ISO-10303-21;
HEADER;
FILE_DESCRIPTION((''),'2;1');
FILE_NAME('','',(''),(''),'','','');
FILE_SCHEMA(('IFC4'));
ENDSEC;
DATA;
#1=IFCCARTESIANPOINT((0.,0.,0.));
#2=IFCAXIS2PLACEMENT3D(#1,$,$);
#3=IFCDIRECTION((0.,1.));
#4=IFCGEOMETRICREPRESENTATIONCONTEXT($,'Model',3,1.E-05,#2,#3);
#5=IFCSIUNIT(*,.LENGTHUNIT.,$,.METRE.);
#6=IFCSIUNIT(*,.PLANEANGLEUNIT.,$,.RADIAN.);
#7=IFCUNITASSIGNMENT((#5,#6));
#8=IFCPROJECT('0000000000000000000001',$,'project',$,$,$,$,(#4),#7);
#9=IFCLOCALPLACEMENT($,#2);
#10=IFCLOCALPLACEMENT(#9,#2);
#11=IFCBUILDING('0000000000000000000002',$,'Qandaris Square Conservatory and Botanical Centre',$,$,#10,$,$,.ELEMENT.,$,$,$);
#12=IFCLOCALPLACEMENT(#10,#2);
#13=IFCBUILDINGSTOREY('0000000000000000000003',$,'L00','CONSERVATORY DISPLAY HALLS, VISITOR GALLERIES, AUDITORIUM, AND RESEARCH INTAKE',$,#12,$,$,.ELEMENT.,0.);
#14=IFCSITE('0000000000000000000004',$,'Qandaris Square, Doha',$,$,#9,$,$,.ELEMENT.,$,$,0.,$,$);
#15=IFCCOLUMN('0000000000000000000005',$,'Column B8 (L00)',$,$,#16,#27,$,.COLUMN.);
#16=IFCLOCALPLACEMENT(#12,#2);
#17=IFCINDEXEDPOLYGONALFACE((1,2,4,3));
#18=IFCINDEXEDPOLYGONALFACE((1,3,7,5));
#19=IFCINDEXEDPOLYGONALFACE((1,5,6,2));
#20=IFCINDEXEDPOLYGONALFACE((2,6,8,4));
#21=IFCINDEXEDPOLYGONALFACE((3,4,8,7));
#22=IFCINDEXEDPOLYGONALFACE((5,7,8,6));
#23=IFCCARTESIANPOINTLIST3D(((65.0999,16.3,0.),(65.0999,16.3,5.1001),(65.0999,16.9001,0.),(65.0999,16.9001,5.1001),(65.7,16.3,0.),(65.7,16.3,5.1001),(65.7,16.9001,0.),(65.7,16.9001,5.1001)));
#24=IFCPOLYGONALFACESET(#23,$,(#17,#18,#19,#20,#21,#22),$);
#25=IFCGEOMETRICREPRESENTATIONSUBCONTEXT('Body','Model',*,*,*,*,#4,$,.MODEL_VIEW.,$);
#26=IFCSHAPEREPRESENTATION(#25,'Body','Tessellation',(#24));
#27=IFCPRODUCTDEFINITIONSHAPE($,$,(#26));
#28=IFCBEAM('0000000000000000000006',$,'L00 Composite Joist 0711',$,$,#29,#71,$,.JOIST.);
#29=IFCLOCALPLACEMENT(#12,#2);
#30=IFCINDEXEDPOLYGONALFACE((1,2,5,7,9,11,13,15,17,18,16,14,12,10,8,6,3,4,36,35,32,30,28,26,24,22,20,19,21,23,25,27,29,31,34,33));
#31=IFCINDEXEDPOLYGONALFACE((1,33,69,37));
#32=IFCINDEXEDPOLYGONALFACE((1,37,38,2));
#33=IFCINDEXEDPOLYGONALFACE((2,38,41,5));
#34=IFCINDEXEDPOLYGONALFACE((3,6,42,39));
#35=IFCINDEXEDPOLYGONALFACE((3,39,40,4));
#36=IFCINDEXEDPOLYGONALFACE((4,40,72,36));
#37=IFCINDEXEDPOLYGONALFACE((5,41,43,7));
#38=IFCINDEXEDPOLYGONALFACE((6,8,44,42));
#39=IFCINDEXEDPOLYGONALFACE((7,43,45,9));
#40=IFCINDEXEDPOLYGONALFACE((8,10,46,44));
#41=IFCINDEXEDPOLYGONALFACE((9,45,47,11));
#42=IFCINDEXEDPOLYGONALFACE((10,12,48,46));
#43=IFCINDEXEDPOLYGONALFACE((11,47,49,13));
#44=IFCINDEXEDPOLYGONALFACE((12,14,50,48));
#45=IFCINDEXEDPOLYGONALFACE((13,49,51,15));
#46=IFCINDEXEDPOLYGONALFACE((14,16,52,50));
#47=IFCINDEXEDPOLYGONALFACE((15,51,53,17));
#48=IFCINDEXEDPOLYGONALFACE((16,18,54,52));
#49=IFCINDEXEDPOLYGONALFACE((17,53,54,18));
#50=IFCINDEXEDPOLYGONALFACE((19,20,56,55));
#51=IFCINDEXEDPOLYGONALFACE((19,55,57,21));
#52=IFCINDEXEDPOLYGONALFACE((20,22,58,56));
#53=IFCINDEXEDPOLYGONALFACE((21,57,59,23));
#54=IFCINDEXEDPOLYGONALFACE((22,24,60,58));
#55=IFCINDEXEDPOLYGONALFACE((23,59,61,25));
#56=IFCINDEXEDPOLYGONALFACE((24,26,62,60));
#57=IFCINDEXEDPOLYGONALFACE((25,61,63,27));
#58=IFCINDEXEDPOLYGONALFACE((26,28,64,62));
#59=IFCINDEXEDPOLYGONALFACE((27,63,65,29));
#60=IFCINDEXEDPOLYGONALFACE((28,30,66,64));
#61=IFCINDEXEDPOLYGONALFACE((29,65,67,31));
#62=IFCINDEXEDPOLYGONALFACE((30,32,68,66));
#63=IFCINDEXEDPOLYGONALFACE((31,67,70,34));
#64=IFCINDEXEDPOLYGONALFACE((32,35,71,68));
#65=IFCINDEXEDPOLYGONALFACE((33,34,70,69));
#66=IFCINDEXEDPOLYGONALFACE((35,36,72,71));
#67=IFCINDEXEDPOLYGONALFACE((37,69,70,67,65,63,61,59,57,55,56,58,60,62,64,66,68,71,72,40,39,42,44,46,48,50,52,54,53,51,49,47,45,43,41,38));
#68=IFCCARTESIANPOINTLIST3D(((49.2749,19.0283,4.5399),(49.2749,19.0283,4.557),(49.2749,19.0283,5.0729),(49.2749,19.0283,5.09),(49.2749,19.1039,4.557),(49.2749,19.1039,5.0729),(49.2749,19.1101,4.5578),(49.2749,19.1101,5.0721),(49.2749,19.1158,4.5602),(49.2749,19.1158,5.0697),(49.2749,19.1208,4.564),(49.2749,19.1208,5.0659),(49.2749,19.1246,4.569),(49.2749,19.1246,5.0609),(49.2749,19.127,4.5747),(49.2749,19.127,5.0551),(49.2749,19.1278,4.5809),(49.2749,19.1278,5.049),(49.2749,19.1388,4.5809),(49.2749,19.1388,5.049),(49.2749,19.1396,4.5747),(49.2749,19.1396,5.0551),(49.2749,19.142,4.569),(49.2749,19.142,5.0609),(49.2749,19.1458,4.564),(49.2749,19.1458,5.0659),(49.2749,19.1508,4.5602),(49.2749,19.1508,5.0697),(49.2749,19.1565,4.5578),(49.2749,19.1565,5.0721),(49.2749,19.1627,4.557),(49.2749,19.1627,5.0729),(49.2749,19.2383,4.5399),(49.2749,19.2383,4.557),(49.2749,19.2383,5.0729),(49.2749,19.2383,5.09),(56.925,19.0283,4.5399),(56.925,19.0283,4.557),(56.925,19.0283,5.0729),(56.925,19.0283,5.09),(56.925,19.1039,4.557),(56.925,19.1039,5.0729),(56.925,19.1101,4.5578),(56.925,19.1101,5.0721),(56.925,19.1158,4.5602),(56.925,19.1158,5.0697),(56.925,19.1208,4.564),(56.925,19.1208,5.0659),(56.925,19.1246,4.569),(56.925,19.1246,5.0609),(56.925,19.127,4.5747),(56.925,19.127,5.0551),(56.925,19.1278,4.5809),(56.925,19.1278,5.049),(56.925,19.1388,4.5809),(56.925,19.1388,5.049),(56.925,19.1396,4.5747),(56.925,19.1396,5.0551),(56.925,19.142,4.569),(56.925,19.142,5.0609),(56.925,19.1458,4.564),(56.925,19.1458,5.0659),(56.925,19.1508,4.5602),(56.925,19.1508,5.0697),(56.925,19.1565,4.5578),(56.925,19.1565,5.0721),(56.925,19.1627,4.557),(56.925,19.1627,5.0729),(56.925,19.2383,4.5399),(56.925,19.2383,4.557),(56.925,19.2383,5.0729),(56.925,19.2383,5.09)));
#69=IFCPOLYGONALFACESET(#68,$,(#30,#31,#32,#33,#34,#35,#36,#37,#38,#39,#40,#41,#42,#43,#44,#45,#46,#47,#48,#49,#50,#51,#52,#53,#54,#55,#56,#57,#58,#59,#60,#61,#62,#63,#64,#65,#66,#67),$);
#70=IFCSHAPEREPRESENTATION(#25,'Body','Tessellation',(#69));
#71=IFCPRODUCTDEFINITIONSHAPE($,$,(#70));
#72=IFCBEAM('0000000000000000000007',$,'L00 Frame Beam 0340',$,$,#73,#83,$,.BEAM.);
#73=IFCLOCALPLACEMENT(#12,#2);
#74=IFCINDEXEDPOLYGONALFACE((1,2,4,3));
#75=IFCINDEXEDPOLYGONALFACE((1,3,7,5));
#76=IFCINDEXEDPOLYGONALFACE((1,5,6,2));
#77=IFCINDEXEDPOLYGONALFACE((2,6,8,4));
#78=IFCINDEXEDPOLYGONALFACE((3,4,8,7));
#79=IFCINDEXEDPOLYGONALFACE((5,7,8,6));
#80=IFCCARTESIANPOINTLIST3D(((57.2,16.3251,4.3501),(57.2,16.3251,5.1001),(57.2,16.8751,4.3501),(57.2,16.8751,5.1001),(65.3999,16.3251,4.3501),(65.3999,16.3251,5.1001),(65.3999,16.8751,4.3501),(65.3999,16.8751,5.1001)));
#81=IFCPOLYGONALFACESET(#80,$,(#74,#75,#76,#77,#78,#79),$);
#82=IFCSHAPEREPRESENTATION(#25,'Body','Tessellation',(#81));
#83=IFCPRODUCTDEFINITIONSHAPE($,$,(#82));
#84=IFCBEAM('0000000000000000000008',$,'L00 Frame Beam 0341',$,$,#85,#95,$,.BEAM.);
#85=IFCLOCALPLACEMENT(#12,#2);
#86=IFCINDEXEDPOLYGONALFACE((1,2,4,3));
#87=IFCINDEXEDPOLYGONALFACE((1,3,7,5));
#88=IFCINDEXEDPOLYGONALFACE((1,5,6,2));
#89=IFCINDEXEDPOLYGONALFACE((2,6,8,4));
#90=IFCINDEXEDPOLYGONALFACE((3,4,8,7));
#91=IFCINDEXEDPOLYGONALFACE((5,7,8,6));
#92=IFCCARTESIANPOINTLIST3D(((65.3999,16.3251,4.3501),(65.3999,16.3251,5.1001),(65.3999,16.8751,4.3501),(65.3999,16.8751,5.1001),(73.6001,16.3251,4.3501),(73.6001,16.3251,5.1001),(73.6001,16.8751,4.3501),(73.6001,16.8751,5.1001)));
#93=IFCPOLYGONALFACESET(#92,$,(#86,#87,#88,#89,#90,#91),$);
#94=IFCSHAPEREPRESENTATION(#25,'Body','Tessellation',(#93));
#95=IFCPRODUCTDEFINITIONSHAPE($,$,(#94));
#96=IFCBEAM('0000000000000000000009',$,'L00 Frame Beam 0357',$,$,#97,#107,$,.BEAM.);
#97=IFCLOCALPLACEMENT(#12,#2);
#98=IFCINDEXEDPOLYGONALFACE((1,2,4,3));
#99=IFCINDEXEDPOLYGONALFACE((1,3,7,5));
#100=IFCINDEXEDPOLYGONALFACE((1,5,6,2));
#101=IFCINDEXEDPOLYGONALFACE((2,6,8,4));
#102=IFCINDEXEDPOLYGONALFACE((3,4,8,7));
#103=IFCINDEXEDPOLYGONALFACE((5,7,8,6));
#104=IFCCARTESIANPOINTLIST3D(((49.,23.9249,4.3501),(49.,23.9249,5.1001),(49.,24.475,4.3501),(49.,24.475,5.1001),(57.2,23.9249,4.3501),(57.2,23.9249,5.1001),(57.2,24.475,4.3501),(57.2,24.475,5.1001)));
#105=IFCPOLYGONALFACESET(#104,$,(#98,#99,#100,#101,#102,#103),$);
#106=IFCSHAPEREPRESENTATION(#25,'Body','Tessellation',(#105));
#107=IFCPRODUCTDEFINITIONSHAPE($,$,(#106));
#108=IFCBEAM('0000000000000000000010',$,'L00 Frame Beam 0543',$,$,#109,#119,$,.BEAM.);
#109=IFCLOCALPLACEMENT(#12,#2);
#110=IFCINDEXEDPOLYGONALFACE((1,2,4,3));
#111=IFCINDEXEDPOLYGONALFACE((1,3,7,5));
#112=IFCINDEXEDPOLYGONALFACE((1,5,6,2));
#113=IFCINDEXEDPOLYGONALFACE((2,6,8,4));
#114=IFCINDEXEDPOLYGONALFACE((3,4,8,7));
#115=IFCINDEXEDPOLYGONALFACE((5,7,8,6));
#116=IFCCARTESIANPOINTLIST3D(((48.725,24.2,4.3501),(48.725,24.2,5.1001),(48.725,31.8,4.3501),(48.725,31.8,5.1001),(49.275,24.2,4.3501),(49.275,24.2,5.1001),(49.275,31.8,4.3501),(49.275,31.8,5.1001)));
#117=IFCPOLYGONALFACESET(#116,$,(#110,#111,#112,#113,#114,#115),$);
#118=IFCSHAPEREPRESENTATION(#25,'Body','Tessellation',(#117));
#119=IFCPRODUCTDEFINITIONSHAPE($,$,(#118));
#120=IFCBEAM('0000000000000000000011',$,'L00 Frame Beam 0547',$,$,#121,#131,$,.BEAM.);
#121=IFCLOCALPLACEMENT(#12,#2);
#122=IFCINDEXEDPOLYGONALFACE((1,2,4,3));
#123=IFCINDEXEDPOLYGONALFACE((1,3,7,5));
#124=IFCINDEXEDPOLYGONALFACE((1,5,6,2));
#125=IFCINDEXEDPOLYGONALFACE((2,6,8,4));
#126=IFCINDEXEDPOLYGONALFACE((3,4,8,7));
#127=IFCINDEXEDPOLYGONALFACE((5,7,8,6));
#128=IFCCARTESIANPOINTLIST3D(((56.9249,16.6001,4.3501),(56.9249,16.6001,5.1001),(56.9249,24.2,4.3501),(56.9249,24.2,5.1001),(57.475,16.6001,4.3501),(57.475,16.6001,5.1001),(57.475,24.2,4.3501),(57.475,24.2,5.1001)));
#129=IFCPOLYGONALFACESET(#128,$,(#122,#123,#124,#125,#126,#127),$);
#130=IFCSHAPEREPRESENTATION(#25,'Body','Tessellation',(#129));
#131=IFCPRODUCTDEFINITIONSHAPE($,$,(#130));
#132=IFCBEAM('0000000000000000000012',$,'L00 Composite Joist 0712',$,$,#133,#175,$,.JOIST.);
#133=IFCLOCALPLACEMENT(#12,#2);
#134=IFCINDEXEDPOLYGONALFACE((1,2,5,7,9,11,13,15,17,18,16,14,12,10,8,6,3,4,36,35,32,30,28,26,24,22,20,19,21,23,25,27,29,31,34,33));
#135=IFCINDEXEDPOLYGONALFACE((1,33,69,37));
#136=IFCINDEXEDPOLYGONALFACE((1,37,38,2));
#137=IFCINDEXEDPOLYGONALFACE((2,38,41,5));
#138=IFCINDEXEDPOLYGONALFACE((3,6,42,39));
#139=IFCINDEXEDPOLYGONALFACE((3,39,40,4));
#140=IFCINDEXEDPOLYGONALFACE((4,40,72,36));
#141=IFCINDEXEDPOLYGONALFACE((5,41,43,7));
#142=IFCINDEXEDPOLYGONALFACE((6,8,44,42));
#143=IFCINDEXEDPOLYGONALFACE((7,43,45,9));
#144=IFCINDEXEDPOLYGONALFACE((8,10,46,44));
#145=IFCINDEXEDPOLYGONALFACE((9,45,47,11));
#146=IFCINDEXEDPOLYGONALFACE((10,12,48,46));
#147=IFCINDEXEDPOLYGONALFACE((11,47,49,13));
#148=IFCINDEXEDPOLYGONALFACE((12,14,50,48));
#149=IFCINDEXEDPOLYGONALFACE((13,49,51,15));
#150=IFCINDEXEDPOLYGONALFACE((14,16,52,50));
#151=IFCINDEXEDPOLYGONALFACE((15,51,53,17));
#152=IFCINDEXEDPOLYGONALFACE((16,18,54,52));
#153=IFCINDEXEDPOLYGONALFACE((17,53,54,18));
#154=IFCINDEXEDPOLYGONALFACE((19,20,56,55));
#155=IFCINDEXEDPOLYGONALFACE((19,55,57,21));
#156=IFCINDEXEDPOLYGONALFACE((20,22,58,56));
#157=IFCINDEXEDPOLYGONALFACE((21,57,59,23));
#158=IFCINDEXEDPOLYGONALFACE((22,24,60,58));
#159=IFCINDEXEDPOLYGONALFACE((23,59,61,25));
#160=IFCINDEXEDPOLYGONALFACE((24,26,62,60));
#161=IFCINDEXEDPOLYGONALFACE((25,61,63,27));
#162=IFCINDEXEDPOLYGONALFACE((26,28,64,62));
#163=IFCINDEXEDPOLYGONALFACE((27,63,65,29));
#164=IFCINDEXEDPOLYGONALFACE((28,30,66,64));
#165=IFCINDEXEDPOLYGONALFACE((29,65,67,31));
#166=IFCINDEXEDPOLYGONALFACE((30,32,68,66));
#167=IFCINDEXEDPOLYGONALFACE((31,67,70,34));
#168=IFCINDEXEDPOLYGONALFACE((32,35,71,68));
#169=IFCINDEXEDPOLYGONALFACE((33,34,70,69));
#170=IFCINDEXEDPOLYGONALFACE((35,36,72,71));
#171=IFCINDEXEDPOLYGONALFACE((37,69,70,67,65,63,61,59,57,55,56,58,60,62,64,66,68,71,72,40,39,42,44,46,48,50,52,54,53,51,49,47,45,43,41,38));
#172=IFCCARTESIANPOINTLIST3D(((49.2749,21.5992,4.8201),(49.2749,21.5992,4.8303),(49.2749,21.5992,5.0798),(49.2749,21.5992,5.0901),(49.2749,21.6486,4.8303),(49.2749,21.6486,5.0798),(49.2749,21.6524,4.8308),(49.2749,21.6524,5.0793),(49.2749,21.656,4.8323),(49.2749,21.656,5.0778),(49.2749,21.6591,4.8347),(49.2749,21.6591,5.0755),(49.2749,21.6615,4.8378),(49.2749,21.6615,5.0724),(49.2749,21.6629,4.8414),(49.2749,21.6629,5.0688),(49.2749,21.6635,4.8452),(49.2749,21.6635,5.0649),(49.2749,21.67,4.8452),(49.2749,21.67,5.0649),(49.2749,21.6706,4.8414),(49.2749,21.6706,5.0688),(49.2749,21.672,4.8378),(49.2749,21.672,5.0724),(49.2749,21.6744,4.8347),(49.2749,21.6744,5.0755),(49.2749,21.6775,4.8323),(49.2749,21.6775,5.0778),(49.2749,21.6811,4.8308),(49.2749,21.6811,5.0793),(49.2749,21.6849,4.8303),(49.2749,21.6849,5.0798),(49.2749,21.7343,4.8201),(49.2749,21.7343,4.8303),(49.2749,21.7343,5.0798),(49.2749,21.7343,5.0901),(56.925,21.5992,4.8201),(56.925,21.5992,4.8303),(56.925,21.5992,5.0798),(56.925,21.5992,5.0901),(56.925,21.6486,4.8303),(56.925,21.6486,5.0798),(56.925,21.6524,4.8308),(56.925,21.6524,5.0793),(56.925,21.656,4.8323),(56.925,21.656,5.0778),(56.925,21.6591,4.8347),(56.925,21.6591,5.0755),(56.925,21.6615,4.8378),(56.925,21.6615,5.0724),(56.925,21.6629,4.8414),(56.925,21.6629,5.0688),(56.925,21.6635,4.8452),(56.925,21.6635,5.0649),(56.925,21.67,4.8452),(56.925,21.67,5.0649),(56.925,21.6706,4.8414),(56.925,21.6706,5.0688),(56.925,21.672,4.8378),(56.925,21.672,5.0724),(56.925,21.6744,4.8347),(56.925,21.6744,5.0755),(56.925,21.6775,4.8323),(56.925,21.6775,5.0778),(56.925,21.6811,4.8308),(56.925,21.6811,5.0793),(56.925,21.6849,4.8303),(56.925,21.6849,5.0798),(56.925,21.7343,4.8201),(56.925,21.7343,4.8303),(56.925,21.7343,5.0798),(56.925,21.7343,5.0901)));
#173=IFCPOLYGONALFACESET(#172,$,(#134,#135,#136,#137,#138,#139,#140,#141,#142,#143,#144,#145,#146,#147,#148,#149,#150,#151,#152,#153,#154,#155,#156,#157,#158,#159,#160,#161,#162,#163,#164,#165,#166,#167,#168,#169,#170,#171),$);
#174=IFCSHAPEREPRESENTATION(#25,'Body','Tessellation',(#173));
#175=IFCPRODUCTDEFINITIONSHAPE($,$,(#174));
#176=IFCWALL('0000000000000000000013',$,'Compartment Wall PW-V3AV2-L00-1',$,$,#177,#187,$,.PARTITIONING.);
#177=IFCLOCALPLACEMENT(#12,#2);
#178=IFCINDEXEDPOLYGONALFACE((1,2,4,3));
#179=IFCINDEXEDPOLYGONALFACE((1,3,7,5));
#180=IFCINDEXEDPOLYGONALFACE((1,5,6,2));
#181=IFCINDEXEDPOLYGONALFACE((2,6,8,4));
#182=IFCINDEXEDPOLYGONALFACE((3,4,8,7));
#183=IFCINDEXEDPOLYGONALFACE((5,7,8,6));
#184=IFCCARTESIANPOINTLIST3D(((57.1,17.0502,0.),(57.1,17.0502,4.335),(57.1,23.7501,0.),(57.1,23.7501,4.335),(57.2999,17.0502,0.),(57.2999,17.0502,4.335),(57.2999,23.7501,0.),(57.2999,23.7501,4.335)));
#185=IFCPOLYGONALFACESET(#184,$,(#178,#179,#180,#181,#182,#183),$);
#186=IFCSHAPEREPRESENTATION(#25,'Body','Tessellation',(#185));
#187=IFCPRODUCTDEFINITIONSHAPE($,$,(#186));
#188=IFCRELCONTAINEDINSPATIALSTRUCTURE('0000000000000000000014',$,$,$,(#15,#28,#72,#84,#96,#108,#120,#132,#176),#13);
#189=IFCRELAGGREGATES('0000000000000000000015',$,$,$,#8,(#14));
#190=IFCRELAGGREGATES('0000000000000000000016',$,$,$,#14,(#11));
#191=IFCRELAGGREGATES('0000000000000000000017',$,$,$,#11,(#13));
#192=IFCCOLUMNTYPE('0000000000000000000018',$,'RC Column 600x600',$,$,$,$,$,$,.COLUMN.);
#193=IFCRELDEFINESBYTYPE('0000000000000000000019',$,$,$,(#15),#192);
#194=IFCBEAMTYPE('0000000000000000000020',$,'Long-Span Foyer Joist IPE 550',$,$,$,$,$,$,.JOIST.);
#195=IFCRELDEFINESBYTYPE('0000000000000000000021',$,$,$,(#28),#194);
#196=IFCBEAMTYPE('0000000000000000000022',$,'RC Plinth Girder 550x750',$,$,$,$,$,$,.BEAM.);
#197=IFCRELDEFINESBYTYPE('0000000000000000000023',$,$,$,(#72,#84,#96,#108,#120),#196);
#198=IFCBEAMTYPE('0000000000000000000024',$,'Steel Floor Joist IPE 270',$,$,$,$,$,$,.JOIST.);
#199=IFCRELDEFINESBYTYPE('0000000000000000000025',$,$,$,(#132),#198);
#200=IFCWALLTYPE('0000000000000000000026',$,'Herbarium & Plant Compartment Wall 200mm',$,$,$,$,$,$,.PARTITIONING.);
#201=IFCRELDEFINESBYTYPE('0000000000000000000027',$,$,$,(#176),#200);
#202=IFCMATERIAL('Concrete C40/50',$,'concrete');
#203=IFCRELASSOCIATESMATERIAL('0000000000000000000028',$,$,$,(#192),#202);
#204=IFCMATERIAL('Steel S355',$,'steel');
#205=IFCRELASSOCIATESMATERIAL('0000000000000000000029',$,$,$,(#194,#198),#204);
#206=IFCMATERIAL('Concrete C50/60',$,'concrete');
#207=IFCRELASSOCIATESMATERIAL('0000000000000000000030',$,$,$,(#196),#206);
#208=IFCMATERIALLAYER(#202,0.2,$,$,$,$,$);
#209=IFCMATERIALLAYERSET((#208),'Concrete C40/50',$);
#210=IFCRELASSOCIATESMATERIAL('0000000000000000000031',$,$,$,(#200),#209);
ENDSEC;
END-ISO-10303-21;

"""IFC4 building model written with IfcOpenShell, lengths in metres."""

from ifc_helpers import new_model, si_unit, direction, frame, frame_2d, origin, origin_2d, place, context, subcontext, project, spatial, rectangle, i_section, extrude, material, layer, layer_set, material_profile, profile_set, type_object, element, save


model = new_model("IFC4")

# Units and contexts
model_context = context("Model", 3, precision=1e-05, world=origin(), true_north=direction((0.0, 1.0)))
body_context = subcontext(model_context, "Body", "Model", "MODEL_VIEW")
ifc_project = project(units=[si_unit("LENGTHUNIT", "METRE"), si_unit("PLANEANGLEUNIT", "RADIAN")], contexts=[model_context])

# Site, building, storey
site_placement = place(None, origin())
site = spatial("IfcSite", under=ifc_project, at=site_placement, Name="Qandaris Square, Doha", CompositionType="ELEMENT", RefElevation=0.0)
building_placement = place(site_placement, origin())
building = spatial("IfcBuilding", under=site, at=building_placement, Name="Qandaris Square Conservatory and Botanical Centre", CompositionType="ELEMENT")
storey_placement = place(building_placement, origin())
storey = spatial("IfcBuildingStorey", under=building, at=storey_placement, Name="L00", Description="CONSERVATORY DISPLAY HALLS, VISITOR GALLERIES, AUDITORIUM, AND RESEARCH INTAKE", CompositionType="ELEMENT", Elevation=0.0)

# Shared definitions
ifc_material_1 = material(Name="Concrete C50/60", Category="concrete")

# Shared definitions
ifc_material_2 = material(Name="Concrete C40/50", Category="concrete")

# Column
ifc_material_profile_1 = material_profile(ifc_material_2, rectangle(XDim=0.6001, YDim=0.6001, at=origin_2d()), Name="RC-COL 600x600")
ifc_profile_set_1 = profile_set([ifc_material_profile_1], Name="Concrete C40/50")
column_type = type_object("IfcColumnType", Name="RC Column 600x600", PredefinedType="COLUMN", material=ifc_profile_set_1)
for number, where, z_axis, x_axis, name in (
    (1, (65.3999, 16.6001, 0.0), (0.0, 0.0, 1.0), (1.0, 0.0, 0.0), "Column B8 (L00)"),
):
    element("IfcColumn", number, at=place(storey_placement, frame(where, z_axis=z_axis, x_axis=x_axis)), inside=storey, type_object=column_type, Name=name, PredefinedType="COLUMN", context=body_context, shape_type="SweptSolid", body=[
        extrude(rectangle(XDim=0.6001, YDim=0.6001, at=origin_2d()), origin(), (0.0, 0.0, 1.0), 5.1001),
    ])

# Beams
ifc_material_3 = material(Name="Steel S355", Category="steel")
ifc_material_profile_2 = material_profile(ifc_material_3, i_section(OverallWidth=0.21, OverallDepth=0.55, WebThickness=0.011, FlangeThickness=0.0171, FilletRadius=0.0239, at=origin_2d()), Name="IPE 550")
ifc_profile_set_2 = profile_set([ifc_material_profile_2], Name="Steel S355")
beam_type_1 = type_object("IfcBeamType", Name="Long-Span Foyer Joist IPE 550", PredefinedType="JOIST", material=ifc_profile_set_2)
beam_1_placement = place(storey_placement, frame((49.2749, 19.1333, 4.8149), z_axis=(1.0, 0.0, 0.0), x_axis=(0.0, 1.0, 0.0)))
element("IfcBeam", 2, at=beam_1_placement, inside=storey, type_object=beam_type_1, Name="L00 Composite Joist 0711", PredefinedType="JOIST", context=body_context, shape_type="SweptSolid", body=[
    extrude(i_section(OverallWidth=0.21, OverallDepth=0.55, WebThickness=0.011, FlangeThickness=0.0171, FilletRadius=0.0239, at=origin_2d()), origin(), (0.0, 0.0, 1.0), 7.6501),
])
ifc_material_profile_3 = material_profile(ifc_material_1, rectangle(XDim=0.55, YDim=0.75, at=origin_2d()), Name="RC-BM 550x750")
ifc_profile_set_3 = profile_set([ifc_material_profile_3], Name="Concrete C50/60")
beam_type_2 = type_object("IfcBeamType", Name="RC Plinth Girder 550x750", PredefinedType="BEAM", material=ifc_profile_set_3)
beam_2_placement = place(storey_placement, frame((57.2, 16.6001, 4.7251), z_axis=(1.0, 0.0, 0.0), x_axis=(0.0, 1.0, 0.0)))
element("IfcBeam", 3, at=beam_2_placement, inside=storey, type_object=beam_type_2, Name="L00 Frame Beam 0340", PredefinedType="BEAM", context=body_context, shape_type="SweptSolid", body=[
    extrude(rectangle(XDim=0.55, YDim=0.75, at=origin_2d()), origin(), (0.0, 0.0, 1.0), 8.2),
])
beam_3_placement = place(storey_placement, frame((65.3999, 16.6001, 4.7251), z_axis=(1.0, 0.0, 0.0), x_axis=(0.0, 1.0, 0.0)))
element("IfcBeam", 4, at=beam_3_placement, inside=storey, type_object=beam_type_2, Name="L00 Frame Beam 0341", PredefinedType="BEAM", context=body_context, shape_type="SweptSolid", body=[
    extrude(rectangle(XDim=0.55, YDim=0.75, at=origin_2d()), origin(), (0.0, 0.0, 1.0), 8.2002),
])
beam_4_placement = place(storey_placement, frame((49.0, 24.2, 4.7251), z_axis=(1.0, 0.0, 0.0), x_axis=(0.0, 1.0, 0.0)))
element("IfcBeam", 5, at=beam_4_placement, inside=storey, type_object=beam_type_2, Name="L00 Frame Beam 0357", PredefinedType="BEAM", context=body_context, shape_type="SweptSolid", body=[
    extrude(rectangle(XDim=0.55, YDim=0.75, at=origin_2d()), origin(), (0.0, 0.0, 1.0), 8.2),
])
beam_5_placement = place(storey_placement, frame((49.0, 24.2, 4.7251), z_axis=(0.0, 1.0, 0.0), x_axis=(-1.0, 0.0, 0.0)))
element("IfcBeam", 6, at=beam_5_placement, inside=storey, type_object=beam_type_2, Name="L00 Frame Beam 0543", PredefinedType="BEAM", context=body_context, shape_type="SweptSolid", body=[
    extrude(rectangle(XDim=0.55, YDim=0.75, at=origin_2d()), origin(), (0.0, 0.0, 1.0), 7.6001),
])
beam_6_placement = place(storey_placement, frame((57.2, 16.6001, 4.7251), z_axis=(0.0, 1.0, 0.0), x_axis=(-1.0, 0.0, 0.0)))
element("IfcBeam", 7, at=beam_6_placement, inside=storey, type_object=beam_type_2, Name="L00 Frame Beam 0547", PredefinedType="BEAM", context=body_context, shape_type="SweptSolid", body=[
    extrude(rectangle(XDim=0.55, YDim=0.75, at=origin_2d()), origin(), (0.0, 0.0, 1.0), 7.5999),
])
ifc_material_profile_4 = material_profile(ifc_material_3, i_section(OverallWidth=0.135, OverallDepth=0.27, WebThickness=0.0066, FlangeThickness=0.0103, FilletRadius=0.0149, at=origin_2d()), Name="IPE 270")
ifc_profile_set_4 = profile_set([ifc_material_profile_4], Name="Steel S355")
beam_type_3 = type_object("IfcBeamType", Name="Steel Floor Joist IPE 270", PredefinedType="JOIST", material=ifc_profile_set_4)
beam_7_placement = place(storey_placement, frame((49.2749, 21.6667, 4.9551), z_axis=(1.0, 0.0, 0.0), x_axis=(0.0, 1.0, 0.0)))
element("IfcBeam", 8, at=beam_7_placement, inside=storey, type_object=beam_type_3, Name="L00 Composite Joist 0712", PredefinedType="JOIST", context=body_context, shape_type="SweptSolid", body=[
    extrude(i_section(OverallWidth=0.135, OverallDepth=0.27, WebThickness=0.0066, FlangeThickness=0.0103, FilletRadius=0.0149, at=origin_2d()), origin(), (0.0, 0.0, 1.0), 7.6501),
])

# Wall
ifc_layer_1 = layer(ifc_material_2, 0.2)
ifc_layer_set_1 = layer_set([ifc_layer_1], Name="Concrete C40/50")
wall_type_1 = type_object("IfcWallType", Name="Herbarium & Plant Compartment Wall 200mm", PredefinedType="PARTITIONING", material=ifc_layer_set_1)
wall_1_placement = place(storey_placement, frame((57.2, 17.05, 0.0), z_axis=(0.0, 0.0, 1.0), x_axis=(0.0, 1.0, 0.0)))
element("IfcWall", 9, at=wall_1_placement, inside=storey, type_object=wall_type_1, Name="Compartment Wall PW-V3AV2-L00-1", PredefinedType="PARTITIONING", context=body_context, shape_type="SweptSolid", body=[
    extrude(rectangle(XDim=6.7, YDim=0.2, at=frame_2d((3.3501, 0.0))), origin(), (0.0, 0.0, 1.0), 4.335),
])

save(model, "model.ifc")
